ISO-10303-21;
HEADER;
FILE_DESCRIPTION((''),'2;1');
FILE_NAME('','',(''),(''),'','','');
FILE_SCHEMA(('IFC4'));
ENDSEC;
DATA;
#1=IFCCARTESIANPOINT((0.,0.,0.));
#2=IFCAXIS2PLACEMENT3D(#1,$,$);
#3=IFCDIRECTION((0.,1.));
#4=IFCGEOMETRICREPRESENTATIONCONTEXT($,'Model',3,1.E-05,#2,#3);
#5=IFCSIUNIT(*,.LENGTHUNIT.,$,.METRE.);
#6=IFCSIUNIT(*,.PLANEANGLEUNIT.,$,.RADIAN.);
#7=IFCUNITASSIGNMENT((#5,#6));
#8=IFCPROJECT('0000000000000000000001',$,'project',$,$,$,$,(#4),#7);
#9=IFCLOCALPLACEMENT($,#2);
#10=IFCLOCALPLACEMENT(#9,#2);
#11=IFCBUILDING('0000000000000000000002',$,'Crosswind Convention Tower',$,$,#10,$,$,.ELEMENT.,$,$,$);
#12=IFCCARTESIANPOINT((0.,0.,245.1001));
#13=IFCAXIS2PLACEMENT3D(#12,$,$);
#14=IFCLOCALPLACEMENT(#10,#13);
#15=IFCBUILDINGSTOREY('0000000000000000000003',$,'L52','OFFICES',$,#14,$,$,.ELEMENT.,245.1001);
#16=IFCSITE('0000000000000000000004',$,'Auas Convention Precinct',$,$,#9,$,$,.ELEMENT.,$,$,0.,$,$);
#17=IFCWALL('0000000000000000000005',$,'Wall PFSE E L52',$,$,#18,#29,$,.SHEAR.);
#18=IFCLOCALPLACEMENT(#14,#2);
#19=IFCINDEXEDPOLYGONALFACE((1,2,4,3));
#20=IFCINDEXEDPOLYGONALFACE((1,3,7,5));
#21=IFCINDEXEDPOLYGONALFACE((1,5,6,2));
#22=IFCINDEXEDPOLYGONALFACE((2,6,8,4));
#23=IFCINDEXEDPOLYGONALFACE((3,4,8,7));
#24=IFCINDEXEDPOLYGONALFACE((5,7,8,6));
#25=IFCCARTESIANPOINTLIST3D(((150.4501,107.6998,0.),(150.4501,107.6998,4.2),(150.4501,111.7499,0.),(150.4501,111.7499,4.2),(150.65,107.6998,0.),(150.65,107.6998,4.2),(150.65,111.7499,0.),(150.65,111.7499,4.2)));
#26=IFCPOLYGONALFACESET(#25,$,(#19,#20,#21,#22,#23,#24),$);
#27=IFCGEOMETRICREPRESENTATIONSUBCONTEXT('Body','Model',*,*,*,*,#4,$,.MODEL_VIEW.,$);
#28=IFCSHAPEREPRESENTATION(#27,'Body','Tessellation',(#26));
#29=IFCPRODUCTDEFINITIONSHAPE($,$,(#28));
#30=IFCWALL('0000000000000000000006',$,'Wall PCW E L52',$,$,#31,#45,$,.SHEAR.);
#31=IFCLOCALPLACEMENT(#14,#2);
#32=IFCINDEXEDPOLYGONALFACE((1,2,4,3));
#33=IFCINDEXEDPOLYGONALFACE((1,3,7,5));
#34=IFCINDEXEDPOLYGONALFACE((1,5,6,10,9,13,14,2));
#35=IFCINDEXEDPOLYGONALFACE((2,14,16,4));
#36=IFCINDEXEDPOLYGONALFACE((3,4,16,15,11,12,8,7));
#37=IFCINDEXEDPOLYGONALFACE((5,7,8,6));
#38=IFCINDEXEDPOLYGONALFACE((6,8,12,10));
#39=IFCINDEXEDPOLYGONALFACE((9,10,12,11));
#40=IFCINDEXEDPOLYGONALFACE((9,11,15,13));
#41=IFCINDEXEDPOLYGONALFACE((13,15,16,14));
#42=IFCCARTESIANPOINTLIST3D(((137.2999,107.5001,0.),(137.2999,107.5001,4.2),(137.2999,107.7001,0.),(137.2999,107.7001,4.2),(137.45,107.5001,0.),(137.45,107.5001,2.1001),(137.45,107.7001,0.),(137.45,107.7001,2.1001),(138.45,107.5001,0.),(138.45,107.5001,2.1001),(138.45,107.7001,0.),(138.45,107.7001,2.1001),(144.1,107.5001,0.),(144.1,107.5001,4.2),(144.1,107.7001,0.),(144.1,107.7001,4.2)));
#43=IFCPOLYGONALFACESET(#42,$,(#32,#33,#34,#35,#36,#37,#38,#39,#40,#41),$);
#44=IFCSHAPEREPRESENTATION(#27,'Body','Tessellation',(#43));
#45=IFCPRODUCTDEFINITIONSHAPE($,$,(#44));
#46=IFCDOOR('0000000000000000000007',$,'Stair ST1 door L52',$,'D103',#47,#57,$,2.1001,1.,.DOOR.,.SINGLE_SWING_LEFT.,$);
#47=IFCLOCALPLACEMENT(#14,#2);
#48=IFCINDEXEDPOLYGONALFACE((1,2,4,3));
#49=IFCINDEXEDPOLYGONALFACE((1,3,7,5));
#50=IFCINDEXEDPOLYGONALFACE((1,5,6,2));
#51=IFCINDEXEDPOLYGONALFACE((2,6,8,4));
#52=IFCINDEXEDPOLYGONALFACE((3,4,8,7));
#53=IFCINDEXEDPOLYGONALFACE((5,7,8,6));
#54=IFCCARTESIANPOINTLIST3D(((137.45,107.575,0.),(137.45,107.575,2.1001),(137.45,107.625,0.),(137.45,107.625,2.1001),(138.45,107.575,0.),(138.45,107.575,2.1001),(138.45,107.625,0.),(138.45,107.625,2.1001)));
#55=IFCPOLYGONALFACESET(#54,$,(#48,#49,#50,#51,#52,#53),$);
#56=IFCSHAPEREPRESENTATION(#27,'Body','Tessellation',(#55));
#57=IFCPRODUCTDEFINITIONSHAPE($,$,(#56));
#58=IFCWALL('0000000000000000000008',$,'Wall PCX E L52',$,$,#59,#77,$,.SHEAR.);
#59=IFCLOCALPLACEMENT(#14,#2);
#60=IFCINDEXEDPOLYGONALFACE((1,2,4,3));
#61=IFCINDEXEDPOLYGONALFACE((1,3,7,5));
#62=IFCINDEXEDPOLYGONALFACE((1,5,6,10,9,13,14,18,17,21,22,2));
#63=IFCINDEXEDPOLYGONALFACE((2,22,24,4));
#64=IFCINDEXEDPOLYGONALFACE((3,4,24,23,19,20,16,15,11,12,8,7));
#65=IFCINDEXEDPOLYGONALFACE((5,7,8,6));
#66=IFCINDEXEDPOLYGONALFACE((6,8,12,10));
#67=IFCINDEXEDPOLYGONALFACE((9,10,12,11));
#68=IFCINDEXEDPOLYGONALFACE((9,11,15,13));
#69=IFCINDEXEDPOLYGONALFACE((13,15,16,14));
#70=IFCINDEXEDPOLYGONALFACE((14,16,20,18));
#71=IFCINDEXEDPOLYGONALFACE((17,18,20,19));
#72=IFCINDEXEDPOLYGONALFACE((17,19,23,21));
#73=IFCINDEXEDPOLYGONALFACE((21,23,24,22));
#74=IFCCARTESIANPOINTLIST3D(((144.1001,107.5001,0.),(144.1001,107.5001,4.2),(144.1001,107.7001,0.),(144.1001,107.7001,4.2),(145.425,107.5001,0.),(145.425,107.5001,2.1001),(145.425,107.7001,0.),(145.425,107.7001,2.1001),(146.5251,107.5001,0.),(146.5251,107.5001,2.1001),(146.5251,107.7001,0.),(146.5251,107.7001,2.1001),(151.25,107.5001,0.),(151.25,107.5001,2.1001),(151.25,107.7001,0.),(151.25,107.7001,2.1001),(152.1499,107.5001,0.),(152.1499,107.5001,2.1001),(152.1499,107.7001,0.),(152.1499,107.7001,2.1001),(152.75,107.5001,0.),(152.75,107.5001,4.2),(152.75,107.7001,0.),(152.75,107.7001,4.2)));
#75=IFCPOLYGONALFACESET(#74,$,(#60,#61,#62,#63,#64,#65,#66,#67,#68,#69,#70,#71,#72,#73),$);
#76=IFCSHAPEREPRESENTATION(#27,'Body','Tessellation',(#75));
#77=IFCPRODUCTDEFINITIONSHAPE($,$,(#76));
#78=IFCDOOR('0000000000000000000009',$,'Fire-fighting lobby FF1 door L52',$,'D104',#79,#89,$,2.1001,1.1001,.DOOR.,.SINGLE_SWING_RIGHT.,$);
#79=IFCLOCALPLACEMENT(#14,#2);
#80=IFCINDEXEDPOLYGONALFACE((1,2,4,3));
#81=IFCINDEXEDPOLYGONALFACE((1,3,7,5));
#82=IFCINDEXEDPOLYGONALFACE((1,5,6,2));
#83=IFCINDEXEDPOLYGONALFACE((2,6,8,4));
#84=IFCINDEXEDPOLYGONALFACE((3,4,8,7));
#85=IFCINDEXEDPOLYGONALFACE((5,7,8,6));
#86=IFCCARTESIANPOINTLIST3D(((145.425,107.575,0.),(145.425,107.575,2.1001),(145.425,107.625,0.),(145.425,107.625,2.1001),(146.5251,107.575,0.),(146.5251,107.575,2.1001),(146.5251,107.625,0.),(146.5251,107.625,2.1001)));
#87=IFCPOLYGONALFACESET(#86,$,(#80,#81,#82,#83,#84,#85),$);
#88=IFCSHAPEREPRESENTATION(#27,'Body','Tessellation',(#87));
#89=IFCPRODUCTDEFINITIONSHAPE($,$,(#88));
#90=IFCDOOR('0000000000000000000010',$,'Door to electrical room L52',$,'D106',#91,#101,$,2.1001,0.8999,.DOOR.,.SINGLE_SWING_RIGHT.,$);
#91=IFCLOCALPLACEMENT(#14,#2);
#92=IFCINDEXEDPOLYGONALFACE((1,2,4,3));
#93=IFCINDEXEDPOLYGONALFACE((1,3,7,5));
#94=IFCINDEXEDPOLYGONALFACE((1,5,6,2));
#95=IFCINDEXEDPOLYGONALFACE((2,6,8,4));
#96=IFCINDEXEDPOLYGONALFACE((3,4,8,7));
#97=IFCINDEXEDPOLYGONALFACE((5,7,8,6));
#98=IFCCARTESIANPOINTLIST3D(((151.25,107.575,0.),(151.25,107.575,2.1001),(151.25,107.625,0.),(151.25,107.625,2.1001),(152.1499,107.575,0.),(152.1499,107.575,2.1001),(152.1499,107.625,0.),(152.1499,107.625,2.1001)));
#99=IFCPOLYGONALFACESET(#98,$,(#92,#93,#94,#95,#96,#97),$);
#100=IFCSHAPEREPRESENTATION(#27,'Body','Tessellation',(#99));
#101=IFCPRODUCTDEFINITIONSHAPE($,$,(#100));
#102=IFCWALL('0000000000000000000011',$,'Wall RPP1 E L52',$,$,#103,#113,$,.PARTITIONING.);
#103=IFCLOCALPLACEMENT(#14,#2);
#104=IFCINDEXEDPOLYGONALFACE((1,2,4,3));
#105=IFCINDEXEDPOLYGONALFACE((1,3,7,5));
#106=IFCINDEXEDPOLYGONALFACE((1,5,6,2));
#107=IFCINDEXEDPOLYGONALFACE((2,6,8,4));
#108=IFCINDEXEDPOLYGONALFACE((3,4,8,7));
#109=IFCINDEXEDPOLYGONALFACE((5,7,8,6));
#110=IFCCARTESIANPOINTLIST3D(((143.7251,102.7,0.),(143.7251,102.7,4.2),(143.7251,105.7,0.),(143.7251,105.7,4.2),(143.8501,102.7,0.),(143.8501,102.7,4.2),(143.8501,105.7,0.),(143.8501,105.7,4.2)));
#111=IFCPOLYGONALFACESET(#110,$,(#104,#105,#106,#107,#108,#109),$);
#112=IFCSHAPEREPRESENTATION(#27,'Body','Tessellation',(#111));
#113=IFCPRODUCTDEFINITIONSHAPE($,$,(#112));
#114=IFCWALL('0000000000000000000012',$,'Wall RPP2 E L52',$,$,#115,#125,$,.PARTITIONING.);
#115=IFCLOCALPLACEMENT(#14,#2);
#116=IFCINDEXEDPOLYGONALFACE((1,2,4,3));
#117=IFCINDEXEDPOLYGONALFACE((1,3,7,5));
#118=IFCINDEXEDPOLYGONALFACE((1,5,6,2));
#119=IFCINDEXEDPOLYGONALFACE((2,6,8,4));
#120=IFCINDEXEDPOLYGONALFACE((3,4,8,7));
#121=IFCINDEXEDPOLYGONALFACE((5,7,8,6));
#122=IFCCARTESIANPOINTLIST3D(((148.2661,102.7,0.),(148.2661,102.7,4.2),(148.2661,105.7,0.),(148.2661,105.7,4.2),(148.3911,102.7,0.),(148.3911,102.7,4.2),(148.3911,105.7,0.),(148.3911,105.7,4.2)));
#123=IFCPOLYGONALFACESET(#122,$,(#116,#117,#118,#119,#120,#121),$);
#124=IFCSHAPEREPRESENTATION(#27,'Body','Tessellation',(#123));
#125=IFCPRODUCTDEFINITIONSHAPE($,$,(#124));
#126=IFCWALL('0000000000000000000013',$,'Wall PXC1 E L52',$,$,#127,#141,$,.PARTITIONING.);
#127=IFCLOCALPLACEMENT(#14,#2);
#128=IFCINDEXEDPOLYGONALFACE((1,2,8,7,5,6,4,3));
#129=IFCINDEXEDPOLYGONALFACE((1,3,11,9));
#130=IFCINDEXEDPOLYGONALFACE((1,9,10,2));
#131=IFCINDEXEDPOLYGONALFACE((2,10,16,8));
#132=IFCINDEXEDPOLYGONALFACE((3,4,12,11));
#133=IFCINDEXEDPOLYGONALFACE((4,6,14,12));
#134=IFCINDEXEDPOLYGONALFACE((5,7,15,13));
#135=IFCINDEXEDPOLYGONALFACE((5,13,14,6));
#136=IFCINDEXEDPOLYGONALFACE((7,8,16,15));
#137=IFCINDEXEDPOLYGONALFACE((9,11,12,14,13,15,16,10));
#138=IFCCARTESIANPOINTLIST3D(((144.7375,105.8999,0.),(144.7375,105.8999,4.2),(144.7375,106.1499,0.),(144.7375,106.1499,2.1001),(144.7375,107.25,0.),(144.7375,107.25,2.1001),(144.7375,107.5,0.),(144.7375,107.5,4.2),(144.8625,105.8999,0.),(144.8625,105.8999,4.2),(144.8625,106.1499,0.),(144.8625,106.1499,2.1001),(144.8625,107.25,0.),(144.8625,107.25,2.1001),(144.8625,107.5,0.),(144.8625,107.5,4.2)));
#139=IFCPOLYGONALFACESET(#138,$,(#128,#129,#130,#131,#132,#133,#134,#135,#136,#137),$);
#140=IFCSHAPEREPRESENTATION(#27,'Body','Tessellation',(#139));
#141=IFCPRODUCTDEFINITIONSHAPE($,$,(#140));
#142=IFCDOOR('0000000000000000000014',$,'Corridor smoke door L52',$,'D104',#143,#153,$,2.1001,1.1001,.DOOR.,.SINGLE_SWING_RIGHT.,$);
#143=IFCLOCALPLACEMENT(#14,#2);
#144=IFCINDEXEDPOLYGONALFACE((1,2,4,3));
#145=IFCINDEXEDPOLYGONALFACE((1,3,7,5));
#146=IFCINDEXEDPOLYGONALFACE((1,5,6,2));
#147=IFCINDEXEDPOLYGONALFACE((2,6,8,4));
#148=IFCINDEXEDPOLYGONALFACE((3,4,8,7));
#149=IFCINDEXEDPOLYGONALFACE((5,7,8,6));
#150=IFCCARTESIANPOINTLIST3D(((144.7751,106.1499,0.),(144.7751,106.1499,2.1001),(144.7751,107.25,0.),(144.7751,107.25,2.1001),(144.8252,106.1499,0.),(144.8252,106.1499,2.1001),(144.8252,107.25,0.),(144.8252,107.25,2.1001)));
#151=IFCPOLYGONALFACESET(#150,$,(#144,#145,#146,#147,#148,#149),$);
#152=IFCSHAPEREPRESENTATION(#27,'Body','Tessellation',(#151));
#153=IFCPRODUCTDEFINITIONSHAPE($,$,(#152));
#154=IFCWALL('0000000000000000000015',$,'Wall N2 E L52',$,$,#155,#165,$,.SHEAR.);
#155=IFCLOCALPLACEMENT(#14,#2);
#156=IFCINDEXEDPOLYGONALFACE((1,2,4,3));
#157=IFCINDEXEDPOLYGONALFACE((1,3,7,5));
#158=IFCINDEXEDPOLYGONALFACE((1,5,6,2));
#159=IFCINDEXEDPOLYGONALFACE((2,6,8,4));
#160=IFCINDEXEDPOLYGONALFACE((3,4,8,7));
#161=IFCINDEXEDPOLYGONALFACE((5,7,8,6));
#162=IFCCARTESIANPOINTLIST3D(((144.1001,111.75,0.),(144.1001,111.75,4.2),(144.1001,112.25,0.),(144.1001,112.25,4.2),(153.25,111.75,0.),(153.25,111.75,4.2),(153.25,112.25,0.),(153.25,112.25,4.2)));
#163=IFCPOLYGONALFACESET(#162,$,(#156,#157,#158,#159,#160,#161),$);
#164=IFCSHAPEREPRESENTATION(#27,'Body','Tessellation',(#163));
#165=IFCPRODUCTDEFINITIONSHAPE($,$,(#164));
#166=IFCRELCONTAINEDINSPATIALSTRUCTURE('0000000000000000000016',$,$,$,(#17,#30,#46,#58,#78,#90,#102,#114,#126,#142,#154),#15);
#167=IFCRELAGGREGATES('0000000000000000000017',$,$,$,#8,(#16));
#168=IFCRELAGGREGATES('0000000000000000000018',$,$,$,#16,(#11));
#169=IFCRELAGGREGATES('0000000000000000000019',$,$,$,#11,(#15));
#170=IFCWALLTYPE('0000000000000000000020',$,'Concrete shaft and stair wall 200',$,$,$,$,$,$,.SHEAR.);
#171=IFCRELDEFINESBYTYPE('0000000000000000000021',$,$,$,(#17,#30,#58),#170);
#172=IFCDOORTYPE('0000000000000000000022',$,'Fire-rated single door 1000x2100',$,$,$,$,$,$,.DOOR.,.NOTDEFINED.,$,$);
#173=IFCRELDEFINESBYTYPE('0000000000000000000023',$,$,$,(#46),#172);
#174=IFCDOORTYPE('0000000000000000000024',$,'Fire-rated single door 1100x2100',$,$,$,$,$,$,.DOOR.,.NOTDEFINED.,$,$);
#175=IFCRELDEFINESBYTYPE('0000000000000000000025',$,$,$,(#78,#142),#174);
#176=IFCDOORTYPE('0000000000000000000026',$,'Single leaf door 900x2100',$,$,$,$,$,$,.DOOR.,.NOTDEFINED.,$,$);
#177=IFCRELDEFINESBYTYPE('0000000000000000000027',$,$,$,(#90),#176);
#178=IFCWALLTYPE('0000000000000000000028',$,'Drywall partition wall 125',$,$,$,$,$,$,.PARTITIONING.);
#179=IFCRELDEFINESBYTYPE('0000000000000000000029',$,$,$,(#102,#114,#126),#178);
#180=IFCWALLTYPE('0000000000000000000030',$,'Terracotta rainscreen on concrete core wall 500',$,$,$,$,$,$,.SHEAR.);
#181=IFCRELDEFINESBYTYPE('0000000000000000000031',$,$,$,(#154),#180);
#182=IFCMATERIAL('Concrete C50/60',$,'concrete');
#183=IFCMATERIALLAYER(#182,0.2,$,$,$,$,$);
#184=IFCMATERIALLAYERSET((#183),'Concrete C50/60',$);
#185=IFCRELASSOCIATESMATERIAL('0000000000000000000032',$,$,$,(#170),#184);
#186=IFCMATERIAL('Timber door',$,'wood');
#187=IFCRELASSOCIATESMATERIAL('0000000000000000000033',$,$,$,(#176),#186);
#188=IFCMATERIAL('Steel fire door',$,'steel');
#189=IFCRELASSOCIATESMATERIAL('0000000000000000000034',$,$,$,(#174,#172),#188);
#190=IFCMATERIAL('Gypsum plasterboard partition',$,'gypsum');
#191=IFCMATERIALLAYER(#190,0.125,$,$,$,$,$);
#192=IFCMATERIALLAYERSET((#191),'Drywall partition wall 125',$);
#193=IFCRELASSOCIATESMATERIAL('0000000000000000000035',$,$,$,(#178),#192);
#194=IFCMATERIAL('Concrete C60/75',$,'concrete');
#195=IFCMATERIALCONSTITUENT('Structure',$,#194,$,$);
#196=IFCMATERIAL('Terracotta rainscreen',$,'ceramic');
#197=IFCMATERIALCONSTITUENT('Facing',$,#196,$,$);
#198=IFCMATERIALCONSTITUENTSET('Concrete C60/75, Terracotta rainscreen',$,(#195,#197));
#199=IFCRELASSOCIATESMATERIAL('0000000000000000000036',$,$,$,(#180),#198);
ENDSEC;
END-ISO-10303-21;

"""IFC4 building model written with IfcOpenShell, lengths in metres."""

from ifc_helpers import new_model, si_unit, direction, frame, frame_2d, origin, place, context, subcontext, project, spatial, rectangle, extrude, material, layer, layer_set, constituent, constituent_set, type_object, element, fill, save


model = new_model("IFC4")

# Units and contexts
model_context = context("Model", 3, precision=1e-05, world=origin(), true_north=direction((0.0, 1.0)))
body_context = subcontext(model_context, "Body", "Model", "MODEL_VIEW")
ifc_project = project(units=[si_unit("LENGTHUNIT", "METRE"), si_unit("PLANEANGLEUNIT", "RADIAN")], contexts=[model_context])

# Site, building, storey
site_placement = place(None, origin())
site = spatial("IfcSite", under=ifc_project, at=site_placement, Name="Auas Convention Precinct", CompositionType="ELEMENT", RefElevation=0.0)
building_placement = place(site_placement, origin())
building = spatial("IfcBuilding", under=site, at=building_placement, Name="Crosswind Convention Tower", CompositionType="ELEMENT")
storey_placement = place(building_placement, frame((0.0, 0.0, 245.1001)))
storey = spatial("IfcBuildingStorey", under=building, at=storey_placement, Name="L52", Description="OFFICES", CompositionType="ELEMENT", Elevation=245.1001)

# Shared definitions
ifc_material_1 = material(Name="Concrete C50/60", Category="concrete")
ifc_layer_1 = layer(ifc_material_1, 0.2)
ifc_layer_set_1 = layer_set([ifc_layer_1], Name="Concrete C50/60")
wall_type_1 = type_object("IfcWallType", Name="Concrete shaft and stair wall 200", PredefinedType="SHEAR", material=ifc_layer_set_1)

# Shared definitions
ifc_material_2 = material(Name="Timber door", Category="wood")
door_type_1 = type_object("IfcDoorType", Name="Single leaf door 900x2100", OperationType="NOTDEFINED", PredefinedType="DOOR", material=ifc_material_2)

# Shared definitions
ifc_material_3 = material(Name="Steel fire door", Category="steel")
door_type_2 = type_object("IfcDoorType", Name="Fire-rated single door 1100x2100", OperationType="NOTDEFINED", PredefinedType="DOOR", material=ifc_material_3)

# Wall
wall_1_placement = place(storey_placement, frame((150.55, 107.7, 0.0), z_axis=(0.0, 0.0, 1.0), x_axis=(0.0, 1.0, 0.0)))
element("IfcWall", 1, at=wall_1_placement, inside=storey, type_object=wall_type_1, Name="Wall PFSE E L52", PredefinedType="SHEAR", context=body_context, shape_type="SweptSolid", body=[
    extrude(rectangle(XDim=4.05, YDim=0.2, at=frame_2d((2.0249, 0.0))), origin(), (0.0, 0.0, 1.0), 4.2),
])

# Wall, opening, door
wall_2_placement = place(storey_placement, frame((137.3, 107.6001, 0.0), z_axis=(0.0, 0.0, 1.0), x_axis=(1.0, 0.0, 0.0)))
wall_2 = element("IfcWall", 2, at=wall_2_placement, inside=storey, type_object=wall_type_1, Name="Wall PCW E L52", PredefinedType="SHEAR", context=body_context, shape_type="SweptSolid", body=[
    extrude(rectangle(XDim=6.8, YDim=0.2, at=frame_2d((3.3999, 0.0))), origin(), (0.0, 0.0, 1.0), 4.2),
])
opening_1_placement = place(wall_2_placement, frame((0.1499, 0.0, 0.0)))
opening_1 = element("IfcOpeningElement", 3, at=opening_1_placement, cuts=wall_2, PredefinedType="OPENING", context=body_context, shape_type="SweptSolid", body=[
    extrude(rectangle(XDim=1.0, YDim=2.1001, at=frame_2d((0.5, 1.05))), frame((0.0, 0.1099, 0.0), z_axis=(0.0, -1.0, 0.0), x_axis=(1.0, 0.0, 0.0)), (0.0, 0.0, 1.0), 0.22),
])
door_type_3 = type_object("IfcDoorType", Name="Fire-rated single door 1000x2100", OperationType="NOTDEFINED", PredefinedType="DOOR", material=ifc_material_3)
door_1_placement = place(opening_1_placement, origin())
door_1 = element("IfcDoor", 4, at=door_1_placement, inside=storey, type_object=door_type_3, Name="Stair ST1 door L52", ObjectType="D103", OperationType="SINGLE_SWING_LEFT", OverallHeight=2.1001, OverallWidth=1.0, PredefinedType="DOOR", context=body_context, shape_type="SweptSolid", body=[
    extrude(rectangle(XDim=1.0, YDim=2.1001, at=frame_2d((0.5, 1.05))), frame((0.0, 0.0249, 0.0), z_axis=(0.0, -1.0, 0.0), x_axis=(1.0, 0.0, 0.0)), (0.0, 0.0, 1.0), 0.05),
])
fill(opening_1, door_1)

# Wall, openings, doors
wall_3_placement = place(storey_placement, frame((144.1001, 107.6001, 0.0), z_axis=(0.0, 0.0, 1.0), x_axis=(1.0, 0.0, 0.0)))
wall_3 = element("IfcWall", 5, at=wall_3_placement, inside=storey, type_object=wall_type_1, Name="Wall PCX E L52", PredefinedType="SHEAR", context=body_context, shape_type="SweptSolid", body=[
    extrude(rectangle(XDim=8.6499, YDim=0.2, at=frame_2d((4.325, 0.0))), origin(), (0.0, 0.0, 1.0), 4.2),
])
opening_2_placement = place(wall_3_placement, frame((1.325, 0.0, 0.0)))
opening_2 = element("IfcOpeningElement", 6, at=opening_2_placement, cuts=wall_3, PredefinedType="OPENING", context=body_context, shape_type="SweptSolid", body=[
    extrude(rectangle(XDim=1.1001, YDim=2.1001, at=frame_2d((0.55, 1.05))), frame((0.0, 0.1099, 0.0), z_axis=(0.0, -1.0, 0.0), x_axis=(1.0, 0.0, 0.0)), (0.0, 0.0, 1.0), 0.22),
])
opening_3_placement = place(wall_3_placement, frame((7.1499, 0.0, 0.0)))
opening_3 = element("IfcOpeningElement", 7, at=opening_3_placement, cuts=wall_3, PredefinedType="OPENING", context=body_context, shape_type="SweptSolid", body=[
    extrude(rectangle(XDim=0.8999, YDim=2.1001, at=frame_2d((0.45, 1.05))), frame((0.0, 0.1099, 0.0), z_axis=(0.0, -1.0, 0.0), x_axis=(1.0, 0.0, 0.0)), (0.0, 0.0, 1.0), 0.22),
])
door_2_placement = place(opening_2_placement, origin())
door_2 = element("IfcDoor", 8, at=door_2_placement, inside=storey, type_object=door_type_2, Name="Fire-fighting lobby FF1 door L52", ObjectType="D104", OperationType="SINGLE_SWING_RIGHT", OverallHeight=2.1001, OverallWidth=1.1001, PredefinedType="DOOR", context=body_context, shape_type="SweptSolid", body=[
    extrude(rectangle(XDim=1.1001, YDim=2.1001, at=frame_2d((0.55, 1.05))), frame((0.0, 0.0249, 0.0), z_axis=(0.0, -1.0, 0.0), x_axis=(1.0, 0.0, 0.0)), (0.0, 0.0, 1.0), 0.05),
])
fill(opening_2, door_2)
door_3_placement = place(opening_3_placement, origin())
door_3 = element("IfcDoor", 9, at=door_3_placement, inside=storey, type_object=door_type_1, Name="Door to electrical room L52", ObjectType="D106", OperationType="SINGLE_SWING_RIGHT", OverallHeight=2.1001, OverallWidth=0.8999, PredefinedType="DOOR", context=body_context, shape_type="SweptSolid", body=[
    extrude(rectangle(XDim=0.8999, YDim=2.1001, at=frame_2d((0.45, 1.05))), frame((0.0, 0.0249, 0.0), z_axis=(0.0, -1.0, 0.0), x_axis=(1.0, 0.0, 0.0)), (0.0, 0.0, 1.0), 0.05),
])
fill(opening_3, door_3)

# Walls
ifc_material_4 = material(Name="Gypsum plasterboard partition", Category="gypsum")
ifc_layer_2 = layer(ifc_material_4, 0.125)
ifc_layer_set_2 = layer_set([ifc_layer_2], Name="Drywall partition wall 125")
wall_type_2 = type_object("IfcWallType", Name="Drywall partition wall 125", PredefinedType="PARTITIONING", material=ifc_layer_set_2)
for number, where, z_axis, x_axis, name in (
    (10, (143.7876, 102.7, 0.0), (0.0, 0.0, 1.0), (0.0, 1.0, 0.0), "Wall RPP1 E L52"),
    (11, (148.3286, 102.7, 0.0), (0.0, 0.0, 1.0), (0.0, 1.0, 0.0), "Wall RPP2 E L52"),
):
    element("IfcWall", number, at=place(storey_placement, frame(where, z_axis=z_axis, x_axis=x_axis)), inside=storey, type_object=wall_type_2, Name=name, PredefinedType="PARTITIONING", context=body_context, shape_type="SweptSolid", body=[
        extrude(rectangle(XDim=3.0, YDim=0.125, at=frame_2d((1.5, 0.0))), origin(), (0.0, 0.0, 1.0), 4.2),
    ])

# Wall, opening, door
wall_4_placement = place(storey_placement, frame((144.8, 105.8999, 0.0), z_axis=(0.0, 0.0, 1.0), x_axis=(0.0, 1.0, 0.0)))
wall_4 = element("IfcWall", 12, at=wall_4_placement, inside=storey, type_object=wall_type_2, Name="Wall PXC1 E L52", PredefinedType="PARTITIONING", context=body_context, shape_type="SweptSolid", body=[
    extrude(rectangle(XDim=1.6001, YDim=0.125, at=frame_2d((0.8, 0.0))), origin(), (0.0, 0.0, 1.0), 4.2),
])
opening_4_placement = place(wall_4_placement, frame((0.25, 0.0, 0.0)))
opening_4 = element("IfcOpeningElement", 13, at=opening_4_placement, cuts=wall_4, PredefinedType="OPENING", context=body_context, shape_type="SweptSolid", body=[
    extrude(rectangle(XDim=1.1001, YDim=2.1001, at=frame_2d((0.55, 1.05))), frame((0.0, 0.0725, 0.0), z_axis=(0.0, -1.0, 0.0), x_axis=(1.0, 0.0, 0.0)), (0.0, 0.0, 1.0), 0.145),
])
door_4_placement = place(opening_4_placement, origin())
door_4 = element("IfcDoor", 14, at=door_4_placement, inside=storey, type_object=door_type_2, Name="Corridor smoke door L52", ObjectType="D104", OperationType="SINGLE_SWING_RIGHT", OverallHeight=2.1001, OverallWidth=1.1001, PredefinedType="DOOR", context=body_context, shape_type="SweptSolid", body=[
    extrude(rectangle(XDim=1.1001, YDim=2.1001, at=frame_2d((0.55, 1.05))), frame((0.0, 0.0249, 0.0), z_axis=(0.0, -1.0, 0.0), x_axis=(1.0, 0.0, 0.0)), (0.0, 0.0, 1.0), 0.05),
])
fill(opening_4, door_4)

# Wall
ifc_material_5 = material(Name="Concrete C60/75", Category="concrete")
ifc_constituent_1 = constituent(ifc_material_5, Name="Structure")
ifc_material_6 = material(Name="Terracotta rainscreen", Category="ceramic")
ifc_constituent_2 = constituent(ifc_material_6, Name="Facing")
ifc_constituent_set = constituent_set(constituents=[ifc_constituent_1, ifc_constituent_2], Name="Concrete C60/75, Terracotta rainscreen")
wall_type_3 = type_object("IfcWallType", Name="Terracotta rainscreen on concrete core wall 500", PredefinedType="SHEAR", material=ifc_constituent_set)
wall_5_placement = place(storey_placement, frame((144.1001, 112.0, 0.0), z_axis=(0.0, 0.0, 1.0), x_axis=(1.0, 0.0, 0.0)))
element("IfcWall", 15, at=wall_5_placement, inside=storey, type_object=wall_type_3, Name="Wall N2 E L52", PredefinedType="SHEAR", context=body_context, shape_type="SweptSolid", body=[
    extrude(rectangle(XDim=9.1499, YDim=0.5, at=frame_2d((4.575, 0.0))), origin(), (0.0, 0.0, 1.0), 4.2),
])

save(model, "model.ifc")
